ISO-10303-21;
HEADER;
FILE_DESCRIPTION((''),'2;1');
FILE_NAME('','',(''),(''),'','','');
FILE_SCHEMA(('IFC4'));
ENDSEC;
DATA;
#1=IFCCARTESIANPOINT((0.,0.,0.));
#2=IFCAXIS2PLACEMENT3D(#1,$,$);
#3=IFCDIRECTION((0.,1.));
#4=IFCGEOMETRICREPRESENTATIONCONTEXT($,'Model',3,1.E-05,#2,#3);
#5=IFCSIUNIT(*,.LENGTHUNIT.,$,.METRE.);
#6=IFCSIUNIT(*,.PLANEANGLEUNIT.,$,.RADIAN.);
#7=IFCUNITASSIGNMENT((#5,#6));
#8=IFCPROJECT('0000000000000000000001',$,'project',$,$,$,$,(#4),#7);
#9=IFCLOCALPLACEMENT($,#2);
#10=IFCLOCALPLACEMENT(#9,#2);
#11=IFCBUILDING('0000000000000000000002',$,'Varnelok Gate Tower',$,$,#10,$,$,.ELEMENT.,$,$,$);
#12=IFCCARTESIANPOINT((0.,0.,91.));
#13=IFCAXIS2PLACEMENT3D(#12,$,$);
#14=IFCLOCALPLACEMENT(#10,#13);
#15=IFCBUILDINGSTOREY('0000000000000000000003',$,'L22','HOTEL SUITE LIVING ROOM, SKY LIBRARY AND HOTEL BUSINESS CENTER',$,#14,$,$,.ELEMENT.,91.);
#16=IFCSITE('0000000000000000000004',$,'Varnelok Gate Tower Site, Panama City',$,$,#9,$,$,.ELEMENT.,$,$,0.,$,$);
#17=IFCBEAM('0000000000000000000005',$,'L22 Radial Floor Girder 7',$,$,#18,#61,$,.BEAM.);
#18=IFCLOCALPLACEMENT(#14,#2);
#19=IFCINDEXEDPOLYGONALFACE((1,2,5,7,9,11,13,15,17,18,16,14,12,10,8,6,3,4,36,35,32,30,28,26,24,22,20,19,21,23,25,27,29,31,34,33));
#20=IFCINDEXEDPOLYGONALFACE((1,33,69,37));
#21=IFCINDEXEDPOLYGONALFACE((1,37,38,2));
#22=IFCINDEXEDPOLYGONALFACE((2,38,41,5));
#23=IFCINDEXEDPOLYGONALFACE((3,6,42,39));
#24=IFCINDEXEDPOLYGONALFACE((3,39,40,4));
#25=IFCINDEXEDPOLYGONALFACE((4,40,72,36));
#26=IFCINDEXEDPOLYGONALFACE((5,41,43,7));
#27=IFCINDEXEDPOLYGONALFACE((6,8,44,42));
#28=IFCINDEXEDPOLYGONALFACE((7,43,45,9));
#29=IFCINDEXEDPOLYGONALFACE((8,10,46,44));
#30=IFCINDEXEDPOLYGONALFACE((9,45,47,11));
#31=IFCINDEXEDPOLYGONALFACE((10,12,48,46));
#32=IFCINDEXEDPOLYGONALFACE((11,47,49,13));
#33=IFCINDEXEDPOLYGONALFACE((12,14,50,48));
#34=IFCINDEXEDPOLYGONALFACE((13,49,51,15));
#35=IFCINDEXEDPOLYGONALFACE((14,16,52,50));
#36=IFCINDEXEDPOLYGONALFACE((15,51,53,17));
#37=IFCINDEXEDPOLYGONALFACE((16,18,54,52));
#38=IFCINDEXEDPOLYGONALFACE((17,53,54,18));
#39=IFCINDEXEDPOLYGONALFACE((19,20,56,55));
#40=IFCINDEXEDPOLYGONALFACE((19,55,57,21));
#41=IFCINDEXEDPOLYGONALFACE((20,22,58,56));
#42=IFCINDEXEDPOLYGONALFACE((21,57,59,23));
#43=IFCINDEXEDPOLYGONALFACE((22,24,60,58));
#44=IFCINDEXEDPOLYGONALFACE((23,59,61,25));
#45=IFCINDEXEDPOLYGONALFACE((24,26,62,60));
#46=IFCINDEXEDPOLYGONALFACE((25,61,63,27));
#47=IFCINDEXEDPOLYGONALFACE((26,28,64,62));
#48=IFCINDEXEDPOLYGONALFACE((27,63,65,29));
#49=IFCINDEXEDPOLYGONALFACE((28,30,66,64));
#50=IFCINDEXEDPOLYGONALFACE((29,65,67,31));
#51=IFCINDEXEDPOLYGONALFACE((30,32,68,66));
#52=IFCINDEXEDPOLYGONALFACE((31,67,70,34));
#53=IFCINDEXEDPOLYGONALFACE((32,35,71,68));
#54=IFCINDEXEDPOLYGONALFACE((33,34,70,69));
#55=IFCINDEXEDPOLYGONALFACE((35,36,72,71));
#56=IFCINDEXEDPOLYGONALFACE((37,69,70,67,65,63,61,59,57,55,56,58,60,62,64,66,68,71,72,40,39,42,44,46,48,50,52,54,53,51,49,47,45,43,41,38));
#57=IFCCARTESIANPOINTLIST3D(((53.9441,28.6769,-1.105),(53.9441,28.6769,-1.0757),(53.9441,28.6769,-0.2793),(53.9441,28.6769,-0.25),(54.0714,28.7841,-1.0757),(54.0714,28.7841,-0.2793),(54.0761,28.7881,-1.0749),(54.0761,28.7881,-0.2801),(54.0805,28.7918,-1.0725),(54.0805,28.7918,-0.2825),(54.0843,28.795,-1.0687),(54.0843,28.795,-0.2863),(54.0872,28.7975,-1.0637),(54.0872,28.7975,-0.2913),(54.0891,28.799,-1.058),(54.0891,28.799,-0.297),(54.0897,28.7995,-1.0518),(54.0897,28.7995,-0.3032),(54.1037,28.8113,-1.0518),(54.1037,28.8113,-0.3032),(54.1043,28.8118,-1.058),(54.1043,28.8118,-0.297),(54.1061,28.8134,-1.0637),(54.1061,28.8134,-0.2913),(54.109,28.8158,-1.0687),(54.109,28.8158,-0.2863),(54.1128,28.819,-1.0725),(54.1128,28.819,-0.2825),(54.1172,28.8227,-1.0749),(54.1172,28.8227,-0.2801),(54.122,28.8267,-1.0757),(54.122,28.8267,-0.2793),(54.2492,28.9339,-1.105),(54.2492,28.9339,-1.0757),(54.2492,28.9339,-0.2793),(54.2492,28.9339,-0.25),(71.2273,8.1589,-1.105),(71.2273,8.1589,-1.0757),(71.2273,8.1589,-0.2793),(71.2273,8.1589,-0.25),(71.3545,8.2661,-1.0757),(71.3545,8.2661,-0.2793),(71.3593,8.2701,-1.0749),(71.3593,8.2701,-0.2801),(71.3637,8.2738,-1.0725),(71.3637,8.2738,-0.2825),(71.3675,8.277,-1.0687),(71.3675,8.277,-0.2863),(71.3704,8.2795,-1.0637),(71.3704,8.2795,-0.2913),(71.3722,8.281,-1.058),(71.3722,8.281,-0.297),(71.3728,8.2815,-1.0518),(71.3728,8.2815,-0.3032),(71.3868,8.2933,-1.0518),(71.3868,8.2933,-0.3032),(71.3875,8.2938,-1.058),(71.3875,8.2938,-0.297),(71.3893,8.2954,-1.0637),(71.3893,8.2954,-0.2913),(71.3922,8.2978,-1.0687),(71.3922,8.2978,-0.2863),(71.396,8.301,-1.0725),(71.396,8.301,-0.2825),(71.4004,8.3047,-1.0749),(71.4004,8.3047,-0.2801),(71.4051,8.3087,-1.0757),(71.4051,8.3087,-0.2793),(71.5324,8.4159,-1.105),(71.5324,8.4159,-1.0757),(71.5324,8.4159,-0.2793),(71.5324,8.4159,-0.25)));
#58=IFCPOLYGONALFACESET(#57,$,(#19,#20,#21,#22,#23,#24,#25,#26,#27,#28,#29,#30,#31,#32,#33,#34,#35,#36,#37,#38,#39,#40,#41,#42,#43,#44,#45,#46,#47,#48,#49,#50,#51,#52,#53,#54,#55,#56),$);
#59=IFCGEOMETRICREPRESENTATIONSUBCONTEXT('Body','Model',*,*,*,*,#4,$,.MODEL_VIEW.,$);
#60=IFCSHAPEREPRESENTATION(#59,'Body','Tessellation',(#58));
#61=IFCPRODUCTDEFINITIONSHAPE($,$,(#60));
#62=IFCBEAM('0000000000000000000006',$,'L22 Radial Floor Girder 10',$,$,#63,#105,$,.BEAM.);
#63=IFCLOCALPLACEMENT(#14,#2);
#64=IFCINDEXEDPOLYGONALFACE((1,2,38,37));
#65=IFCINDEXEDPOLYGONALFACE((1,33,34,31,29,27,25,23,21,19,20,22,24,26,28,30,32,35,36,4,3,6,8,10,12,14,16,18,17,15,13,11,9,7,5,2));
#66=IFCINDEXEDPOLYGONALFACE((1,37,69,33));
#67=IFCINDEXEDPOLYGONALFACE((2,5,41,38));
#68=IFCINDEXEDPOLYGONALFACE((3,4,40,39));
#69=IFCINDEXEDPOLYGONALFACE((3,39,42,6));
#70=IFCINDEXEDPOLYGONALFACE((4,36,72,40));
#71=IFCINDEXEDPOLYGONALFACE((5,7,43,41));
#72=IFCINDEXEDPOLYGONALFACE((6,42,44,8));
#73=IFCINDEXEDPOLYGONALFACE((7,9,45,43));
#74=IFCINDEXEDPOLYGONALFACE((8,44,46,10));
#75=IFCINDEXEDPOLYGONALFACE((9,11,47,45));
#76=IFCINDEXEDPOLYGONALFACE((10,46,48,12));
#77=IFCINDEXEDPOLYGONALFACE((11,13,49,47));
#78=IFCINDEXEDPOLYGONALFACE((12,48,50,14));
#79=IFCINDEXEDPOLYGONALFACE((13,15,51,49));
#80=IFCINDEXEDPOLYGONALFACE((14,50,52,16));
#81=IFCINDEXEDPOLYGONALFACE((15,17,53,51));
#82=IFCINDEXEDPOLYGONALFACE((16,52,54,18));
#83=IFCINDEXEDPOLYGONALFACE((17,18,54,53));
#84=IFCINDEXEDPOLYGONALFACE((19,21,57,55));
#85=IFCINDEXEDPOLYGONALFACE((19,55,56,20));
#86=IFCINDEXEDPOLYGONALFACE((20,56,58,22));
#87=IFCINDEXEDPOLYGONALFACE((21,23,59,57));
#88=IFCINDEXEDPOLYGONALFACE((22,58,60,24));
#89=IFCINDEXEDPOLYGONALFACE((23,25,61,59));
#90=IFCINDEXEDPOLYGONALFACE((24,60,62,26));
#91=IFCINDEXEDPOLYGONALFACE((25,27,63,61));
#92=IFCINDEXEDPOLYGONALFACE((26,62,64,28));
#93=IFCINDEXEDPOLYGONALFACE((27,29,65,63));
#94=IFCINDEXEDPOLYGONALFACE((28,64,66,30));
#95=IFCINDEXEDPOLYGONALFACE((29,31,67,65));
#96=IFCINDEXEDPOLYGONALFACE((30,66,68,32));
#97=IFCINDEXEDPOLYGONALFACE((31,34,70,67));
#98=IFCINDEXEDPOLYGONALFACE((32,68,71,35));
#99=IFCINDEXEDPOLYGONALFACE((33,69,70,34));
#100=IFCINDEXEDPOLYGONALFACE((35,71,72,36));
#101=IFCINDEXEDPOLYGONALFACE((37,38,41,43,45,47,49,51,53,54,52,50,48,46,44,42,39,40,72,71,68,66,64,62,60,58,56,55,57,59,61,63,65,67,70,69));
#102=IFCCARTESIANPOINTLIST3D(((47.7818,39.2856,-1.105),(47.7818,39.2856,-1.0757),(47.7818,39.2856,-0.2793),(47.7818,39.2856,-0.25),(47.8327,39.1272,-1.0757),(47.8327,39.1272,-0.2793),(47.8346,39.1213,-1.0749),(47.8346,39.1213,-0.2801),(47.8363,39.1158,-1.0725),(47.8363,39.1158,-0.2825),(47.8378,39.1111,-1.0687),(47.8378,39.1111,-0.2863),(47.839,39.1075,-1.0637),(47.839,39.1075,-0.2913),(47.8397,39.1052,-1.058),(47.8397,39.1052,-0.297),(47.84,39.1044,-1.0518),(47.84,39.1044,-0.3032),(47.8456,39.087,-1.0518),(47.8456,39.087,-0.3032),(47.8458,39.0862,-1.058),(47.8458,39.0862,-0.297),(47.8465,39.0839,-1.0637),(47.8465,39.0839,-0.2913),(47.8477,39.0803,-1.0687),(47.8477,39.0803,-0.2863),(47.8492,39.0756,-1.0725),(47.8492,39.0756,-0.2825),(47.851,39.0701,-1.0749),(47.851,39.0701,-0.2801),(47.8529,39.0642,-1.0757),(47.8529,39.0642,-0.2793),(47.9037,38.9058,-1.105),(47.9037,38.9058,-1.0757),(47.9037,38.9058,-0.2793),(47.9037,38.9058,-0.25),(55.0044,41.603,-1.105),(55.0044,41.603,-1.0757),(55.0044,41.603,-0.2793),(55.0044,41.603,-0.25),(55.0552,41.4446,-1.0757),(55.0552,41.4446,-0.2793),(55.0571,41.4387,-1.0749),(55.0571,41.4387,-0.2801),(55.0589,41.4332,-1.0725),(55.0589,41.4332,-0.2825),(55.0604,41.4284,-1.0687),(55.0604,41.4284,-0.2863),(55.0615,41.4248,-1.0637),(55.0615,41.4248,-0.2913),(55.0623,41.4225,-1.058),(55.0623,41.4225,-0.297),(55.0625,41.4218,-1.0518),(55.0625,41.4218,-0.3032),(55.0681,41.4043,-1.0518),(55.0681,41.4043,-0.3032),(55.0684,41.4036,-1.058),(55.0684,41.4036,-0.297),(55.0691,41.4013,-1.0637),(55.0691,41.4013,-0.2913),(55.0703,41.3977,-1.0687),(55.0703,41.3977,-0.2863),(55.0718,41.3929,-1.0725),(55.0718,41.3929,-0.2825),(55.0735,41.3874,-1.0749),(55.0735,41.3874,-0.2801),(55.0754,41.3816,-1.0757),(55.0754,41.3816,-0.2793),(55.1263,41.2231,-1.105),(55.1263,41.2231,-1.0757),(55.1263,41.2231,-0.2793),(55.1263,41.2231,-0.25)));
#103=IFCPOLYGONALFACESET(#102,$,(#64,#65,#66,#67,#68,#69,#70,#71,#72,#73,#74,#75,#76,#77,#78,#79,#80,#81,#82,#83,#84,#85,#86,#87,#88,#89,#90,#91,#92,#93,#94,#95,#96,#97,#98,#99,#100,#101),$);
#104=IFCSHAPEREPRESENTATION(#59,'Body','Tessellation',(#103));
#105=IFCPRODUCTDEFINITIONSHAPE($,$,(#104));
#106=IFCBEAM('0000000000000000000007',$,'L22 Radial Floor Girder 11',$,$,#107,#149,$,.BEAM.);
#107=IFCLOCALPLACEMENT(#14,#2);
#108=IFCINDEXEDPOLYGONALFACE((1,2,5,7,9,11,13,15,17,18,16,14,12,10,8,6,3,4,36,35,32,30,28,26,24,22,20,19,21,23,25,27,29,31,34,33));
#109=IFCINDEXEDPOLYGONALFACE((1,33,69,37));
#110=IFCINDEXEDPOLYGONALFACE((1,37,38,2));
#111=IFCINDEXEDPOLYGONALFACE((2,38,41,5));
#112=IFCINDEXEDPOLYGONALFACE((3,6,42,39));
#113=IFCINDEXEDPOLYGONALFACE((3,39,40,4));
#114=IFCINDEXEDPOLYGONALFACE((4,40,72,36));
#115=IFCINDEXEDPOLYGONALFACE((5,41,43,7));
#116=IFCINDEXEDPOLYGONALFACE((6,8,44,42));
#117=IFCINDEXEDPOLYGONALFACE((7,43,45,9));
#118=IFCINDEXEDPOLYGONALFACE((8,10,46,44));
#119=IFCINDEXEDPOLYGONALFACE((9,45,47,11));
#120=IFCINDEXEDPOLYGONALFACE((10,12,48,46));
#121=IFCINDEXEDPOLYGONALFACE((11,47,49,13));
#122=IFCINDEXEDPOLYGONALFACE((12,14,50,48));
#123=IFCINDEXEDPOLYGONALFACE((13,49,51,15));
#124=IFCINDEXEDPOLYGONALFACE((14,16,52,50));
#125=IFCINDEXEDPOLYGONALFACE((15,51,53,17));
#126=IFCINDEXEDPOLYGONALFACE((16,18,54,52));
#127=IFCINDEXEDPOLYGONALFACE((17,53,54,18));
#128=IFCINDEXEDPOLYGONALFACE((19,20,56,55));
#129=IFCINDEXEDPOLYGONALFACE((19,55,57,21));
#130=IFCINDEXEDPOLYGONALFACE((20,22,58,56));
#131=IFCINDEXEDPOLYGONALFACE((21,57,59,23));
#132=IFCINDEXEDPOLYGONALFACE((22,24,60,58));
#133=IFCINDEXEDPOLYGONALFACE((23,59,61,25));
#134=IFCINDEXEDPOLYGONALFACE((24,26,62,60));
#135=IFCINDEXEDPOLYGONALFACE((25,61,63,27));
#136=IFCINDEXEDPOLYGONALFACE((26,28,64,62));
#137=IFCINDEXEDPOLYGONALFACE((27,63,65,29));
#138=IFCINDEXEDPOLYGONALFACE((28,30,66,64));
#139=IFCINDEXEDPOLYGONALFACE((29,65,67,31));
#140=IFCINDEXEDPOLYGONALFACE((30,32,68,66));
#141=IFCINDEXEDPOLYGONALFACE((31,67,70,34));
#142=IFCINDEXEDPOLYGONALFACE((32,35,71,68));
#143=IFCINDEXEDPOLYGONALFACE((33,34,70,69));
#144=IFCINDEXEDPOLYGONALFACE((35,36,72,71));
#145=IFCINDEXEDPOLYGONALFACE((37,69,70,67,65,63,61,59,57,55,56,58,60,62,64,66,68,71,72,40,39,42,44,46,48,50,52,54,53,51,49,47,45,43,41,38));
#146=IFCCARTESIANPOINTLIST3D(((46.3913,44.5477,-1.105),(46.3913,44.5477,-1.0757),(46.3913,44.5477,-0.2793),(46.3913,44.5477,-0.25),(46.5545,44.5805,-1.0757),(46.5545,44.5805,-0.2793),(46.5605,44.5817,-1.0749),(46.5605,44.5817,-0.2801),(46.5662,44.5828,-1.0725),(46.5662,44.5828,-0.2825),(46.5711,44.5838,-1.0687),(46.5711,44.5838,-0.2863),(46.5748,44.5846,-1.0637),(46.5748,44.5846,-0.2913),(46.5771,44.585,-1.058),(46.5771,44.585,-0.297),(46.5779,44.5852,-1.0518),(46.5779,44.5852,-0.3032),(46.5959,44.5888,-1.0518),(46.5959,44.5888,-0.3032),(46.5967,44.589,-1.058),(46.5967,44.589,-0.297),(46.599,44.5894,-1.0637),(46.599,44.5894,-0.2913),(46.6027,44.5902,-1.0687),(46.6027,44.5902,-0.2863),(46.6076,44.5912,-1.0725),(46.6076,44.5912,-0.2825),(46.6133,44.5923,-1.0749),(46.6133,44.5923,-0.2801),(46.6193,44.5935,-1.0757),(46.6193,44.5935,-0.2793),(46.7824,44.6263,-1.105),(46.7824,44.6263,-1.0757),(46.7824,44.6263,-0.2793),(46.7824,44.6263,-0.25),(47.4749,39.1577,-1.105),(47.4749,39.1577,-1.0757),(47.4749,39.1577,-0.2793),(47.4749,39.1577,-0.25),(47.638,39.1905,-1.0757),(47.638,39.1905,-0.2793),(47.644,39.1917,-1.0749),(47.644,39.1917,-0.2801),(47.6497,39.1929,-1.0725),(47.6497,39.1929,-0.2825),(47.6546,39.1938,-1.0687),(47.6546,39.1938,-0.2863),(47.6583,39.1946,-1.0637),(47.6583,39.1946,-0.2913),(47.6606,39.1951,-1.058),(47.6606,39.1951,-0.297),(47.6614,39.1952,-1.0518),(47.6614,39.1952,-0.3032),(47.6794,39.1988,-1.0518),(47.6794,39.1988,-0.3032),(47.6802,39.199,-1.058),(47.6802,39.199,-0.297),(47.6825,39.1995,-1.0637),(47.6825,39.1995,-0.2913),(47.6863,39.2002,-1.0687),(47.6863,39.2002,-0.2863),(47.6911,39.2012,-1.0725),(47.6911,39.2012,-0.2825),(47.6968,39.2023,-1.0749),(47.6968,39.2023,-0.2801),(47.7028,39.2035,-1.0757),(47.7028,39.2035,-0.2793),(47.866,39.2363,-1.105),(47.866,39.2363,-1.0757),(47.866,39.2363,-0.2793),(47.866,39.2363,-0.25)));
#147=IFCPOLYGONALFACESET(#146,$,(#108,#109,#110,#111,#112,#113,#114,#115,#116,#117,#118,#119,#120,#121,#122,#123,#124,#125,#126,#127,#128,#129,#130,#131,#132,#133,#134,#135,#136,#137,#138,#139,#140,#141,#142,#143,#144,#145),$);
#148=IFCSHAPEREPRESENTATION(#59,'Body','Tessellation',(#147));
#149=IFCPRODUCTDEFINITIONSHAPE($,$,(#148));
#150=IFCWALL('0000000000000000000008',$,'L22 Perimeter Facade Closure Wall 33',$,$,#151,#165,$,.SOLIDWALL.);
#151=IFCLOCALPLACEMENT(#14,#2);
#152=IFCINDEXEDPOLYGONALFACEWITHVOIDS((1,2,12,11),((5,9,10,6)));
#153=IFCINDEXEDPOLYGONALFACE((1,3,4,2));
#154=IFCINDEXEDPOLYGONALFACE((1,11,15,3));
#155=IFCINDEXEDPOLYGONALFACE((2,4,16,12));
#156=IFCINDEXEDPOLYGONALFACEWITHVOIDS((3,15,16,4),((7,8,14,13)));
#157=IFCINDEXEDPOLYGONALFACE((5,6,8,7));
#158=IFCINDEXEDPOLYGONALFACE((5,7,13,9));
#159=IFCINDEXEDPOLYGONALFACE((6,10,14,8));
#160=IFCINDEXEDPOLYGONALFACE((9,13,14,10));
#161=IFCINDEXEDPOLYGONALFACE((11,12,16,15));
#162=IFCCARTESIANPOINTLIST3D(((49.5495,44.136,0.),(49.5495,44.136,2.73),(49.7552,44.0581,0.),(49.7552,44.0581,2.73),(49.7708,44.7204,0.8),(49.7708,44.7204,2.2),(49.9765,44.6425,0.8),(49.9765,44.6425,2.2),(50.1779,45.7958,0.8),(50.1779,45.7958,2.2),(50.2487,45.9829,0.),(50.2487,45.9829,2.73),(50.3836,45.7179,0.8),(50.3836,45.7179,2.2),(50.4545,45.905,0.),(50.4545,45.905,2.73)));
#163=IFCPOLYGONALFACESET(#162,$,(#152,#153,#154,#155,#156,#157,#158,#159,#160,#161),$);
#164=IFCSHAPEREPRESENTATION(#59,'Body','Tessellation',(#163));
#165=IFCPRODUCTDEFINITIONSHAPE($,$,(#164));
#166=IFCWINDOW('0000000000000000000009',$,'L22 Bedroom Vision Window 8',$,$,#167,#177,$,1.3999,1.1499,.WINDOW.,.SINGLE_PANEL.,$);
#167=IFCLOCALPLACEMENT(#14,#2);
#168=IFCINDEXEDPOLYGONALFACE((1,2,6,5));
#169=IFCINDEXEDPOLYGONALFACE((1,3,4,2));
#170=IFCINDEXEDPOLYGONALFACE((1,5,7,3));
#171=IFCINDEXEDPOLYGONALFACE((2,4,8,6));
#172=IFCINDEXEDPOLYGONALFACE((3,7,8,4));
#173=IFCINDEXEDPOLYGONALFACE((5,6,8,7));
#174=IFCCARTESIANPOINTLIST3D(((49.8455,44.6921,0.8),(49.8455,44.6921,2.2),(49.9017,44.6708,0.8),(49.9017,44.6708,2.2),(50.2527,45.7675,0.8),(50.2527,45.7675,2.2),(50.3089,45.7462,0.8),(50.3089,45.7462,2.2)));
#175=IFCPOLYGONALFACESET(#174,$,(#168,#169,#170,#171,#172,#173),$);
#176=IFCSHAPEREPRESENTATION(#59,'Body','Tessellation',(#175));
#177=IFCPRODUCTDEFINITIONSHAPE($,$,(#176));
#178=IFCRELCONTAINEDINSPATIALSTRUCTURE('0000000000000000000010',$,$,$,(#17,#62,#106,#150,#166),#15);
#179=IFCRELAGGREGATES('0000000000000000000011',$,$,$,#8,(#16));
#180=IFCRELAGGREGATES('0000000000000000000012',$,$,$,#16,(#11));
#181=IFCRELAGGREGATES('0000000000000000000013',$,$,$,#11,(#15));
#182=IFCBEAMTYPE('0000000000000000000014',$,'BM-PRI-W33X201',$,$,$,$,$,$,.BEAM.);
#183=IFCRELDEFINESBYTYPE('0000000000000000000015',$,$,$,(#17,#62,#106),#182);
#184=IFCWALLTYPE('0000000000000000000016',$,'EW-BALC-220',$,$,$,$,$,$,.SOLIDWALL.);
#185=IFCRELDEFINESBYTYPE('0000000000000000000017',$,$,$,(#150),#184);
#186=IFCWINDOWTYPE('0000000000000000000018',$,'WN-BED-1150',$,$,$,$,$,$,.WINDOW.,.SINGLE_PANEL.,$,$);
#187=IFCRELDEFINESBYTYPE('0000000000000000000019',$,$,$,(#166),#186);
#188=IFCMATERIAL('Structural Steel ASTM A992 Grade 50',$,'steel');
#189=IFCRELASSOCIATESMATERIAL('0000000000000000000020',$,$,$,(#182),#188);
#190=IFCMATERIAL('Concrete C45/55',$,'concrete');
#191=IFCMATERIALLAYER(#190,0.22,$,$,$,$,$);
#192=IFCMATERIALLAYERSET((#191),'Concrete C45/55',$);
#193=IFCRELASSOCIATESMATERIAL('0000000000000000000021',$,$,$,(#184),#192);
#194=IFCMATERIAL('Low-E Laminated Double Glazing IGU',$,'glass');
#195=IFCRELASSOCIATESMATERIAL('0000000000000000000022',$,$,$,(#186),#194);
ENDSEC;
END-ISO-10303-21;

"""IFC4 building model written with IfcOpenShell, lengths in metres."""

from ifc_helpers import new_model, si_unit, direction, frame, frame_2d, origin, origin_2d, place, context, subcontext, project, spatial, rectangle, i_section, extrude, material, layer, layer_set, material_profile, profile_set, type_object, element, fill, save


model = new_model("IFC4")

# Units and contexts
model_context = context("Model", 3, precision=1e-05, world=origin(), true_north=direction((0.0, 1.0)))
body_context = subcontext(model_context, "Body", "Model", "MODEL_VIEW")
ifc_project = project(units=[si_unit("LENGTHUNIT", "METRE"), si_unit("PLANEANGLEUNIT", "RADIAN")], contexts=[model_context])

# Site, building, storey
site_placement = place(None, origin())
site = spatial("IfcSite", under=ifc_project, at=site_placement, Name="Varnelok Gate Tower Site, Panama City", CompositionType="ELEMENT", RefElevation=0.0)
building_placement = place(site_placement, origin())
building = spatial("IfcBuilding", under=site, at=building_placement, Name="Varnelok Gate Tower", CompositionType="ELEMENT")
storey_placement = place(building_placement, frame((0.0, 0.0, 91.0)))
storey = spatial("IfcBuildingStorey", under=building, at=storey_placement, Name="L22", Description="HOTEL SUITE LIVING ROOM, SKY LIBRARY AND HOTEL BUSINESS CENTER", CompositionType="ELEMENT", Elevation=91.0)

# Shared definitions
ifc_material_1 = material(Name="Structural Steel ASTM A992 Grade 50", Category="steel")

# Beams
ifc_material_profile_1 = material_profile(ifc_material_1, i_section(OverallWidth=0.3989, OverallDepth=0.855, WebThickness=0.0183, FlangeThickness=0.0293, FilletRadius=0.0239, at=origin_2d()), Name="W33X201")
ifc_profile_set_1 = profile_set([ifc_material_profile_1], Name="Structural Steel ASTM A992 Grade 50")
beam_type_1 = type_object("IfcBeamType", Name="BM-PRI-W33X201", PredefinedType="BEAM", material=ifc_profile_set_1)
beam_1_placement = place(storey_placement, frame((54.0967, 28.8054, -0.6775), z_axis=(0.644241, -0.764822, 0.0), x_axis=(0.764822, 0.644241, 0.0)))
element("IfcBeam", 1, at=beam_1_placement, inside=storey, type_object=beam_type_1, Name="L22 Radial Floor Girder 7", PredefinedType="BEAM", context=body_context, shape_type="SweptSolid", body=[
    extrude(i_section(OverallWidth=0.3989, OverallDepth=0.855, WebThickness=0.0183, FlangeThickness=0.0293, FilletRadius=0.0239, at=origin_2d()), origin(), (0.0, 0.0, 1.0), 26.8271),
])
beam_2_placement = place(storey_placement, frame((47.8428, 39.0957, -0.6775), z_axis=(0.952189, 0.305509, 0.0), x_axis=(-0.305509, 0.952189, 0.0)))
element("IfcBeam", 2, at=beam_2_placement, inside=storey, type_object=beam_type_1, Name="L22 Radial Floor Girder 10", PredefinedType="BEAM", context=body_context, shape_type="SweptSolid", body=[
    extrude(i_section(OverallWidth=0.3989, OverallDepth=0.855, WebThickness=0.0183, FlangeThickness=0.0293, FilletRadius=0.0239, at=origin_2d()), origin(), (0.0, 0.0, 1.0), 7.5852),
])
beam_3_placement = place(storey_placement, frame((47.6704, 39.197, -0.6775), z_axis=(-0.197081, 0.980387, 0.0), x_axis=(-0.980387, -0.197081, 0.0)))
element("IfcBeam", 3, at=beam_3_placement, inside=storey, type_object=beam_type_1, Name="L22 Radial Floor Girder 11", PredefinedType="BEAM", context=body_context, shape_type="SweptSolid", body=[
    extrude(i_section(OverallWidth=0.3989, OverallDepth=0.855, WebThickness=0.0183, FlangeThickness=0.0293, FilletRadius=0.0239, at=origin_2d()), origin(), (0.0, 0.0, 1.0), 5.4978),
])

# Wall, opening, window
ifc_material_2 = material(Name="Concrete C45/55", Category="concrete")
ifc_layer_1 = layer(ifc_material_2, 0.22)
ifc_layer_set_1 = layer_set([ifc_layer_1], Name="Concrete C45/55")
wall_type_1 = type_object("IfcWallType", Name="EW-BALC-220", PredefinedType="SOLIDWALL", material=ifc_layer_set_1)
wall_1_placement = place(storey_placement, frame((50.3516, 45.9438, 0.0), z_axis=(0.0, 0.0, 1.0), x_axis=(-0.354062, -0.935222, 0.0)))
wall_1 = element("IfcWall", 4, at=wall_1_placement, inside=storey, type_object=wall_type_1, Name="L22 Perimeter Facade Closure Wall 33", PredefinedType="SOLIDWALL", context=body_context, shape_type="SweptSolid", body=[
    extrude(rectangle(XDim=1.9749, YDim=0.22, at=frame_2d((0.9873, 0.0))), origin(), (0.0, 0.0, 1.0), 2.73),
])
opening_1_placement = place(wall_1_placement, frame((0.2, 0.0, 0.8)))
opening_1 = element("IfcOpeningElement", 5, at=opening_1_placement, cuts=wall_1, PredefinedType="OPENING", context=body_context, shape_type="SweptSolid", body=[
    extrude(rectangle(XDim=1.1499, YDim=1.3999, at=frame_2d((0.575, 0.7))), frame((0.0, 0.1199, 0.0), z_axis=(0.0, -1.0, 0.0), x_axis=(1.0, 0.0, 0.0)), (0.0, 0.0, 1.0), 0.24),
])
ifc_material_3 = material(Name="Low-E Laminated Double Glazing IGU", Category="glass")
window_type = type_object("IfcWindowType", Name="WN-BED-1150", PartitioningType="SINGLE_PANEL", PredefinedType="WINDOW", material=ifc_material_3)
window_placement = place(opening_1_placement, origin())
window = element("IfcWindow", 6, at=window_placement, inside=storey, type_object=window_type, Name="L22 Bedroom Vision Window 8", OverallHeight=1.3999, OverallWidth=1.1499, PartitioningType="SINGLE_PANEL", PredefinedType="WINDOW", context=body_context, shape_type="SweptSolid", body=[
    extrude(rectangle(XDim=1.1499, YDim=1.3999, at=frame_2d((0.575, 0.7))), frame((0.0, 0.03, 0.0), z_axis=(0.0, -1.0, 0.0), x_axis=(1.0, 0.0, 0.0)), (0.0, 0.0, 1.0), 0.0601),
])
fill(opening_1, window)

save(model, "model.ifc")
